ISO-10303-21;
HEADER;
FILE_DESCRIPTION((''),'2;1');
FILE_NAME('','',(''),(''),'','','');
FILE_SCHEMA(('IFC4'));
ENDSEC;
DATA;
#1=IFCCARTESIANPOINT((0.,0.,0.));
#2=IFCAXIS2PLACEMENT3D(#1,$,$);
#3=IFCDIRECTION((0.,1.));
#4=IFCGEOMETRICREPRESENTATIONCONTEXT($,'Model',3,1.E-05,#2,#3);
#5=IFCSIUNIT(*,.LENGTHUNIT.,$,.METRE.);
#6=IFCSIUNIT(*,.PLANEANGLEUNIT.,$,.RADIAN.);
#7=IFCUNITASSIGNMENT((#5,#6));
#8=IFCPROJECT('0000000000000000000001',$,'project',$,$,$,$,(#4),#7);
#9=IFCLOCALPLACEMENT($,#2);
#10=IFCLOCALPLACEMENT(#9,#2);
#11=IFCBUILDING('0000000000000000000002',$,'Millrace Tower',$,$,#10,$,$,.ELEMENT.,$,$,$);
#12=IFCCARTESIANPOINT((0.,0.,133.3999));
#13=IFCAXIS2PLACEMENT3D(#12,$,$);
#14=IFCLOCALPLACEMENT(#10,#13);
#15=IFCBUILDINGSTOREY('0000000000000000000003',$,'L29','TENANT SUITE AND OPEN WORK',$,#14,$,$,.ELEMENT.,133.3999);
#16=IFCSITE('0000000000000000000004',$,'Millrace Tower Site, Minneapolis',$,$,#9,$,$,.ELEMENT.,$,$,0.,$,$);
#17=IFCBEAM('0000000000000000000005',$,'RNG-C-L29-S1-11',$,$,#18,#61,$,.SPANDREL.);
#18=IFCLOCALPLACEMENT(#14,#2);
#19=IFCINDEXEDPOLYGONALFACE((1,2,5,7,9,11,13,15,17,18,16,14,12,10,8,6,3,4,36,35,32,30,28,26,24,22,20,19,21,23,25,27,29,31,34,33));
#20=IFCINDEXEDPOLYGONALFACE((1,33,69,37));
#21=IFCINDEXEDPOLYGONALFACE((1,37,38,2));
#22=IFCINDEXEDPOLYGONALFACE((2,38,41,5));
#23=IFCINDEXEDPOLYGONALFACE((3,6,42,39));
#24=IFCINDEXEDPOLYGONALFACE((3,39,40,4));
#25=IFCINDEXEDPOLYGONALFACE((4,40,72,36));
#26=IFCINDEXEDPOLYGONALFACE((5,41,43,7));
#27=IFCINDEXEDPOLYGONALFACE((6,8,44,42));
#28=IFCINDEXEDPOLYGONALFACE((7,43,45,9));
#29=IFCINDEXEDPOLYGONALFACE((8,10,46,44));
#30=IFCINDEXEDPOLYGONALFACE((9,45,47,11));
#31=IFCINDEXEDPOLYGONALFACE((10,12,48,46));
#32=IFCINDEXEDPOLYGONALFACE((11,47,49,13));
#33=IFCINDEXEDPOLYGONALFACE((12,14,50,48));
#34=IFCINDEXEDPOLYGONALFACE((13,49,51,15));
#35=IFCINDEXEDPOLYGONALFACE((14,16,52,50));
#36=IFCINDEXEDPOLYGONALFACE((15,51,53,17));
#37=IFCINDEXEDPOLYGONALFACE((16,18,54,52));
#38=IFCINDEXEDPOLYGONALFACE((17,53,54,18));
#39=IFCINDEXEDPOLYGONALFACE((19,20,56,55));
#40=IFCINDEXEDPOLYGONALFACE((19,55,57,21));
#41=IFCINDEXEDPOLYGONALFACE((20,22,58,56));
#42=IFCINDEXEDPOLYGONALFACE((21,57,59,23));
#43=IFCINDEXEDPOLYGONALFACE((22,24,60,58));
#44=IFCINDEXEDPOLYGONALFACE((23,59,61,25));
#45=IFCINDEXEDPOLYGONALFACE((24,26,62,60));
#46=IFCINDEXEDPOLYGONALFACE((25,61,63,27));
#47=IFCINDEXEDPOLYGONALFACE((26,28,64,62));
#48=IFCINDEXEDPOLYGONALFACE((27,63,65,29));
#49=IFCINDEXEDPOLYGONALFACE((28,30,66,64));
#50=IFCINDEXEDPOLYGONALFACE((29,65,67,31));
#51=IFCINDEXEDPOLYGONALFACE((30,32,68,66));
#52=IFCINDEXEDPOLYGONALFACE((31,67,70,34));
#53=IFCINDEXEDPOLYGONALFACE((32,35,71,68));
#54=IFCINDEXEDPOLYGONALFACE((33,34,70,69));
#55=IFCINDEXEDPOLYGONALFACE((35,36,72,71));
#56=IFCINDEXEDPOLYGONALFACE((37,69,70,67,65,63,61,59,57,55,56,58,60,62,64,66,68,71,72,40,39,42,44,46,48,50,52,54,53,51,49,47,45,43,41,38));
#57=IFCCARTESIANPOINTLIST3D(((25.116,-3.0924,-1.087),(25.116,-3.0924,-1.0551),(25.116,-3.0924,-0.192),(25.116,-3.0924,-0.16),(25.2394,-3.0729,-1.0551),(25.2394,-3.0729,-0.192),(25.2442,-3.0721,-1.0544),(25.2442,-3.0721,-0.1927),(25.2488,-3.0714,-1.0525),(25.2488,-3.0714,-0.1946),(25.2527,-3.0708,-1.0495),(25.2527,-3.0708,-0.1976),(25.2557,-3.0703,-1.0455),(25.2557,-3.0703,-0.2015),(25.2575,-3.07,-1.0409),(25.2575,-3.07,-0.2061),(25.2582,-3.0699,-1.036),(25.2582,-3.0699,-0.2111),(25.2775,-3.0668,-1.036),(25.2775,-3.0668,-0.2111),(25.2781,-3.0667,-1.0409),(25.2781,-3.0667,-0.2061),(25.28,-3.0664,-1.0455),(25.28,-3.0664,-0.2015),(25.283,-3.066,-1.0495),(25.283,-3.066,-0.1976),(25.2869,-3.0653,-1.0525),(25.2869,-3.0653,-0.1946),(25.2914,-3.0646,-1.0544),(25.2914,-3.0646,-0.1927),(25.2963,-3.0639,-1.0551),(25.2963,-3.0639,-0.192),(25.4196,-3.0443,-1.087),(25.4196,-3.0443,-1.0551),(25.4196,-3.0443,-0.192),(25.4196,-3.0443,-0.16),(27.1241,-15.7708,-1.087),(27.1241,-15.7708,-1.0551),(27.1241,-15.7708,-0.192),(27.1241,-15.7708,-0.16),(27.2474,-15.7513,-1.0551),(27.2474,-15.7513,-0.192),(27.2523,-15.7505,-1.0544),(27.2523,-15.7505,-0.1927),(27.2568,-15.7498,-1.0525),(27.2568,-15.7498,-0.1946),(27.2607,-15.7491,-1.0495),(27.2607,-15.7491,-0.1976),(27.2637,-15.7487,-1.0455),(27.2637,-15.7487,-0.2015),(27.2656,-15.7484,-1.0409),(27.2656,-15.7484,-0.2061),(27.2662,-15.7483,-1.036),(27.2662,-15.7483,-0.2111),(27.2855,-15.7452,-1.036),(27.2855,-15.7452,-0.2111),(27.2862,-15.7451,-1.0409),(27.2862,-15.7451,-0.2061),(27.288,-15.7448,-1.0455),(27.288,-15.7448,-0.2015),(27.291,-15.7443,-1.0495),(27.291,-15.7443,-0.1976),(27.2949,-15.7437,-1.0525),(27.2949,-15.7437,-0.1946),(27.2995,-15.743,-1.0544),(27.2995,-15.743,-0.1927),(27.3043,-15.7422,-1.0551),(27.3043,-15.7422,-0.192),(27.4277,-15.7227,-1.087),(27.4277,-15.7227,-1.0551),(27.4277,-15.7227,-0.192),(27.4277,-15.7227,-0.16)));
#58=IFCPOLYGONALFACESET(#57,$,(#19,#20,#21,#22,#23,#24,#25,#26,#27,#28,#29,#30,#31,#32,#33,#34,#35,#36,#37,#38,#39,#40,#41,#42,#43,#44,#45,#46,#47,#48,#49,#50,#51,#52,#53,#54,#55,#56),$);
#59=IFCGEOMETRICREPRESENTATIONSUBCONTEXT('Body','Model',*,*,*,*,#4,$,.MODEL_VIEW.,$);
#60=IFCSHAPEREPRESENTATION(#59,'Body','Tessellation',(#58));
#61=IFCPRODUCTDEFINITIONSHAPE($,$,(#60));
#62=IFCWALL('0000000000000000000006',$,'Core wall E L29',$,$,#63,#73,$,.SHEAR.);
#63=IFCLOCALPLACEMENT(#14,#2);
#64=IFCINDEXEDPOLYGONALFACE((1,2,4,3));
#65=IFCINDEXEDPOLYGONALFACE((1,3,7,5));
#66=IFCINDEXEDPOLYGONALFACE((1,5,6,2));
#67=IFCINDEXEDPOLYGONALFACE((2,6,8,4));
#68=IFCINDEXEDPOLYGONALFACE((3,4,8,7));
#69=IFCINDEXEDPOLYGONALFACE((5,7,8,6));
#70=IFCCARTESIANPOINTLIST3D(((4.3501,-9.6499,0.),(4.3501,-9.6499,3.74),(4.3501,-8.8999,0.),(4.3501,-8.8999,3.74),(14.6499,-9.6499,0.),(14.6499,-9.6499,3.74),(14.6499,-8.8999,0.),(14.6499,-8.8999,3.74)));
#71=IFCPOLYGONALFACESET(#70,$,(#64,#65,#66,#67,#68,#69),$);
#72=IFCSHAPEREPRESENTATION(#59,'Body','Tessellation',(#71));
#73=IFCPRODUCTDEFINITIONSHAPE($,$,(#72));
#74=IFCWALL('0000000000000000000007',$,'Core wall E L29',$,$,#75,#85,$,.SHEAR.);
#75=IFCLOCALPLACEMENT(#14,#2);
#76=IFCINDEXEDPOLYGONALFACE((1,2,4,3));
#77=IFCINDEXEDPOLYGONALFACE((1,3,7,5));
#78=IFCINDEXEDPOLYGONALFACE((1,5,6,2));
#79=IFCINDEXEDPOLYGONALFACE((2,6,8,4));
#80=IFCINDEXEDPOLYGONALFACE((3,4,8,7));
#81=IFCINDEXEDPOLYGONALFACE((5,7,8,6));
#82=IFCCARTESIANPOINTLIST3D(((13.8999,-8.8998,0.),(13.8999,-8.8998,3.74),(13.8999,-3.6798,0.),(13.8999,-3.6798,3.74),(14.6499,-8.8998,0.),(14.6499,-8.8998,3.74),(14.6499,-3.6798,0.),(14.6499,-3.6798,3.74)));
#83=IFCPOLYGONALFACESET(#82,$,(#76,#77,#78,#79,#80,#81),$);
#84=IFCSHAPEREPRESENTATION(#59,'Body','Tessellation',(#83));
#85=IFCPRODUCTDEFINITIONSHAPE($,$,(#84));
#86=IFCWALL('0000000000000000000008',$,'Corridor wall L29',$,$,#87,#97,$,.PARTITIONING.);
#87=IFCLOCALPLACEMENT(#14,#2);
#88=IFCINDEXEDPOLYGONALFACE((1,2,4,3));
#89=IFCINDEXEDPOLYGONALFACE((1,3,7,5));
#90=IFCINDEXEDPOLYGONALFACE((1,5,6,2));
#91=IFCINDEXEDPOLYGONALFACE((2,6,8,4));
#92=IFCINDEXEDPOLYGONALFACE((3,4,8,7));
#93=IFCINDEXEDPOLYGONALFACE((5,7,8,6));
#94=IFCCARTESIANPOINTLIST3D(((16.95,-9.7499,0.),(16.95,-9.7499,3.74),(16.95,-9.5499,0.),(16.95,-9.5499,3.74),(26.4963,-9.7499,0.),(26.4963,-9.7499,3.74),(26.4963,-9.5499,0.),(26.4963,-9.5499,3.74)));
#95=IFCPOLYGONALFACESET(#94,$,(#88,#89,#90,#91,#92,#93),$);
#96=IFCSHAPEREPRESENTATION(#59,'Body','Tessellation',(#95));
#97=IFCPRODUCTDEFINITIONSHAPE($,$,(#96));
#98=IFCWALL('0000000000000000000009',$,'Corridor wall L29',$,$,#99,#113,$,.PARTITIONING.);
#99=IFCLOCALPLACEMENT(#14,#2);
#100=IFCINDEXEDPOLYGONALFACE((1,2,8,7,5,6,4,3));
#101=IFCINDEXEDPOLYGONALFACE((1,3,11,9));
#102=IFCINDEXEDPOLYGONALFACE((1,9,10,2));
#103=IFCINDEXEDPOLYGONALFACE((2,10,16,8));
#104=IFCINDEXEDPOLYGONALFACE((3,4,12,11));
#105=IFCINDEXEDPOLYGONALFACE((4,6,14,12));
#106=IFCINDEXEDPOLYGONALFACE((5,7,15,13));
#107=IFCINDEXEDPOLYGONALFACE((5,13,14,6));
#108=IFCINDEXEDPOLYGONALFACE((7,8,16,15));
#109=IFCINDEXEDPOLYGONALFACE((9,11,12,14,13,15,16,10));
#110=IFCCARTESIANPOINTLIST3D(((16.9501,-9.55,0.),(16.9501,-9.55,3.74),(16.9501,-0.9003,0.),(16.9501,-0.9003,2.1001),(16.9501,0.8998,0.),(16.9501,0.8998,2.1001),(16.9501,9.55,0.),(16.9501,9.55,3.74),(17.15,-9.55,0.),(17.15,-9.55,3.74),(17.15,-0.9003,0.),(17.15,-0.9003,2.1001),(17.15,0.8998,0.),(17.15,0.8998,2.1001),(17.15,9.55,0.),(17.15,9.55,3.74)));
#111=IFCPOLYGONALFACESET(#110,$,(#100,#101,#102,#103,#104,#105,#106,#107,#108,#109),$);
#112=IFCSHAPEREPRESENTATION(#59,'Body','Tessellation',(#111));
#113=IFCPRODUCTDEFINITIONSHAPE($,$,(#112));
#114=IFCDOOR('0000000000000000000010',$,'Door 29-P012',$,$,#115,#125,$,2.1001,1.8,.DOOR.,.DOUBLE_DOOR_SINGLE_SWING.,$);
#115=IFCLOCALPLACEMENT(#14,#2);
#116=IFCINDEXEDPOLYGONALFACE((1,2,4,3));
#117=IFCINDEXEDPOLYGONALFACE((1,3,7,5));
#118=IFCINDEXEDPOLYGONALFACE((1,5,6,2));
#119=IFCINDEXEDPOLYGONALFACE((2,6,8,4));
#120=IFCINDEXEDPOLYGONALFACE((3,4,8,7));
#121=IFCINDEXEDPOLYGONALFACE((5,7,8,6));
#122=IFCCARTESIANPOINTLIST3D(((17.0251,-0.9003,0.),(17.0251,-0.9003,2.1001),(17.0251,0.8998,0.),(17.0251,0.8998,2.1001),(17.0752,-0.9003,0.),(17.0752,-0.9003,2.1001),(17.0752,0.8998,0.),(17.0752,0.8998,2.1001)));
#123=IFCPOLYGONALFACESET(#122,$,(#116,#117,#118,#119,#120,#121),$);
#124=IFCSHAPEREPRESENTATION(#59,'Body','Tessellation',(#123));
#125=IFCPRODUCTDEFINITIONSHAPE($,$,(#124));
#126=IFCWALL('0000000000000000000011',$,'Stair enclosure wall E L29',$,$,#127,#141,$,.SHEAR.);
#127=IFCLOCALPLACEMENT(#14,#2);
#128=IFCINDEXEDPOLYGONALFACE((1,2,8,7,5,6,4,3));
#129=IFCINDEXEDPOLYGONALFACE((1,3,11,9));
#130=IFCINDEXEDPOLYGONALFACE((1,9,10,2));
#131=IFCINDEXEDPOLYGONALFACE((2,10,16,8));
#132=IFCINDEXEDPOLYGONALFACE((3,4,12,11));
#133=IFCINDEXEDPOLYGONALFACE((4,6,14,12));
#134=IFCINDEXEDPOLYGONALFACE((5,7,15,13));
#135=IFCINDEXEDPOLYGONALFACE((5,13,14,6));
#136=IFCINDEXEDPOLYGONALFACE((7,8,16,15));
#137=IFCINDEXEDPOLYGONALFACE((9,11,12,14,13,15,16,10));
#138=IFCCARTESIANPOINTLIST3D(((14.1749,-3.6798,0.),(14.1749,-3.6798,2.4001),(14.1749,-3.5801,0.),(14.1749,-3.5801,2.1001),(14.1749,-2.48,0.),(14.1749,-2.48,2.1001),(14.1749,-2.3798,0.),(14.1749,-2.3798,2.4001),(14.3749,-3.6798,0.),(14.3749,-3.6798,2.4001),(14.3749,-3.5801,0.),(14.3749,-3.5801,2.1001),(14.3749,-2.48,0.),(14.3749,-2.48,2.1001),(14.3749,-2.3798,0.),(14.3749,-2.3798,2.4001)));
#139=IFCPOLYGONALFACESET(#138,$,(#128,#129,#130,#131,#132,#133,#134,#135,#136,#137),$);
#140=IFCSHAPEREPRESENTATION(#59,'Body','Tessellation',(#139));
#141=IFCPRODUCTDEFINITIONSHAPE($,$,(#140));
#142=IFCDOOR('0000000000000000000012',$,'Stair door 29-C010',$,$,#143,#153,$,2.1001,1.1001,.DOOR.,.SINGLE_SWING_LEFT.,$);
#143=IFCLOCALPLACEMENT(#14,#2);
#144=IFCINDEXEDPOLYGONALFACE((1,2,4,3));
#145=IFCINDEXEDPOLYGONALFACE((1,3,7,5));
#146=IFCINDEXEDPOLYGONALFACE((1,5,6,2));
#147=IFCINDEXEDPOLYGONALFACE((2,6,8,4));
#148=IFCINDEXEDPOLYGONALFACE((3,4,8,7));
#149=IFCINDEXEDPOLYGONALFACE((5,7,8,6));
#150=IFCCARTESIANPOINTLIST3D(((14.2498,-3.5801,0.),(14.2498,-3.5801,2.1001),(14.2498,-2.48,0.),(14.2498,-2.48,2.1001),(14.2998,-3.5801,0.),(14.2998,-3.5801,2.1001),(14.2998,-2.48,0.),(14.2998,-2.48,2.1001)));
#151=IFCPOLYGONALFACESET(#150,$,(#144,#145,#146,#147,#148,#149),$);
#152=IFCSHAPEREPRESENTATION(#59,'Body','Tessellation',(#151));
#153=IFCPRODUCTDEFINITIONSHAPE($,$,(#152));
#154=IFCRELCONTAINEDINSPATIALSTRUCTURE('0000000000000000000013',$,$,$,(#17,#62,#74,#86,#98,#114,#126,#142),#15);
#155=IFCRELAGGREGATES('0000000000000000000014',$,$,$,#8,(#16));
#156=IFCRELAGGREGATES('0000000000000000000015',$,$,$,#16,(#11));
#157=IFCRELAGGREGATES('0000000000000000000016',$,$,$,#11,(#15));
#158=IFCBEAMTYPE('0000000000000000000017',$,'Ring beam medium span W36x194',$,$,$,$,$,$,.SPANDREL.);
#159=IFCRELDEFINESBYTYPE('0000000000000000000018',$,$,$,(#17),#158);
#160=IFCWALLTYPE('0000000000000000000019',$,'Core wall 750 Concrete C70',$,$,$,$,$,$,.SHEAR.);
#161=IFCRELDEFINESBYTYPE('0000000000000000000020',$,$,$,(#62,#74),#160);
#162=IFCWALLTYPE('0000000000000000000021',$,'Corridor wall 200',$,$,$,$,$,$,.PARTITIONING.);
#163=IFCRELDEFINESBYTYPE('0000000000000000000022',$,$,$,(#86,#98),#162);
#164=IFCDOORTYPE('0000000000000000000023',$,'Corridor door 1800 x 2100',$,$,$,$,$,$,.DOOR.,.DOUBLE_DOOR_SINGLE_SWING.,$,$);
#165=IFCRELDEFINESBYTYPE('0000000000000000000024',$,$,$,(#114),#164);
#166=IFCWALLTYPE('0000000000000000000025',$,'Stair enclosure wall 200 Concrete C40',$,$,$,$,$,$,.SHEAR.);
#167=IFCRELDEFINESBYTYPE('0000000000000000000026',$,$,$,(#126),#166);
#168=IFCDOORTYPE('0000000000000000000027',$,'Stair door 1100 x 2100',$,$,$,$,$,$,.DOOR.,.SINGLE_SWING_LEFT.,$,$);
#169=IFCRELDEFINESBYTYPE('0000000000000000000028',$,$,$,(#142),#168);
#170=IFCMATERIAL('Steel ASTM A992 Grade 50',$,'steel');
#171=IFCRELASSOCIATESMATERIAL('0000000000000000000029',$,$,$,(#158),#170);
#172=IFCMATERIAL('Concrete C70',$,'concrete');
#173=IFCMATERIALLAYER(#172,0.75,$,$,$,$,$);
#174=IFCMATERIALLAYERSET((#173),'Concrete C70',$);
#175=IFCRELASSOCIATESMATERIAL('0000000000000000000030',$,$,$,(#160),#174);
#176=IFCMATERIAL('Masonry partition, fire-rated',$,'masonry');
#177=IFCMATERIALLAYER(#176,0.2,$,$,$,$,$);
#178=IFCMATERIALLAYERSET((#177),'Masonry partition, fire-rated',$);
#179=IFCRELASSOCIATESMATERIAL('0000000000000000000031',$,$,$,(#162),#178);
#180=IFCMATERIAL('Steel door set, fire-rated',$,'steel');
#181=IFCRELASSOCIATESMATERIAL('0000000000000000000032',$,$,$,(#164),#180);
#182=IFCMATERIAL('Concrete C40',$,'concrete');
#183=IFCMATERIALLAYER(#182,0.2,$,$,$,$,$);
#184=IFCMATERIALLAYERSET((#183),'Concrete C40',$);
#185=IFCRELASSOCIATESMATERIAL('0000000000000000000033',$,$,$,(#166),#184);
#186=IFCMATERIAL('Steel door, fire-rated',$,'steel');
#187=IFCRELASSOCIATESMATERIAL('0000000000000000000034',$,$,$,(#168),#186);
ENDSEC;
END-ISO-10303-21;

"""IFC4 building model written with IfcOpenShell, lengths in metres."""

from ifc_helpers import new_model, si_unit, direction, frame, frame_2d, origin, origin_2d, place, context, subcontext, project, spatial, rectangle, i_section, extrude, material, layer, layer_set, material_profile, profile_set, type_object, element, fill, save


model = new_model("IFC4")

# Units and contexts
model_context = context("Model", 3, precision=1e-05, world=origin(), true_north=direction((0.0, 1.0)))
body_context = subcontext(model_context, "Body", "Model", "MODEL_VIEW")
ifc_project = project(units=[si_unit("LENGTHUNIT", "METRE"), si_unit("PLANEANGLEUNIT", "RADIAN")], contexts=[model_context])

# Site, building, storey
site_placement = place(None, origin())
site = spatial("IfcSite", under=ifc_project, at=site_placement, Name="Millrace Tower Site, Minneapolis", CompositionType="ELEMENT", RefElevation=0.0)
building_placement = place(site_placement, origin())
building = spatial("IfcBuilding", under=site, at=building_placement, Name="Millrace Tower", CompositionType="ELEMENT")
storey_placement = place(building_placement, frame((0.0, 0.0, 133.3999)))
storey = spatial("IfcBuildingStorey", under=building, at=storey_placement, Name="L29", Description="TENANT SUITE AND OPEN WORK", CompositionType="ELEMENT", Elevation=133.3999)

# Beam
ifc_material_1 = material(Name="Steel ASTM A992 Grade 50", Category="steel")
ifc_material_profile_1 = material_profile(ifc_material_1, i_section(OverallWidth=0.3074, OverallDepth=0.927, WebThickness=0.0195, FlangeThickness=0.032, FilletRadius=0.019, at=origin_2d()))
ifc_profile_set_1 = profile_set([ifc_material_profile_1], Name="Steel ASTM A992 Grade 50")
beam_type_1 = type_object("IfcBeamType", Name="Ring beam medium span W36x194", PredefinedType="SPANDREL", material=ifc_profile_set_1)
beam_1_placement = place(storey_placement, frame((25.2678, -3.0684, -0.6235), z_axis=(0.156433, -0.987689, 0.0), x_axis=(0.987689, 0.156433, 0.0)))
element("IfcBeam", 1, at=beam_1_placement, inside=storey, type_object=beam_type_1, Name="RNG-C-L29-S1-11", PredefinedType="SPANDREL", context=body_context, shape_type="SweptSolid", body=[
    extrude(i_section(OverallWidth=0.3074, OverallDepth=0.927, WebThickness=0.0195, FlangeThickness=0.032, FilletRadius=0.019, at=origin_2d()), origin(), (0.0, 0.0, 1.0), 12.8364),
])

# Walls
ifc_material_2 = material(Name="Concrete C70", Category="concrete")
ifc_layer_1 = layer(ifc_material_2, 0.75)
ifc_layer_set_1 = layer_set([ifc_layer_1], Name="Concrete C70")
wall_type_1 = type_object("IfcWallType", Name="Core wall 750 Concrete C70", PredefinedType="SHEAR", material=ifc_layer_set_1)
wall_1_placement = place(storey_placement, frame((14.6499, -9.2749, 0.0), z_axis=(0.0, 0.0, 1.0), x_axis=(-1.0, 0.0, 0.0)))
element("IfcWall", 2, at=wall_1_placement, inside=storey, type_object=wall_type_1, Name="Core wall E L29", PredefinedType="SHEAR", context=body_context, shape_type="SweptSolid", body=[
    extrude(rectangle(XDim=10.2998, YDim=0.75, at=frame_2d((5.1499, 0.0))), origin(), (0.0, 0.0, 1.0), 3.74),
])
wall_2_placement = place(storey_placement, frame((14.2749, -3.6799, 0.0), z_axis=(0.0, 0.0, 1.0), x_axis=(0.0, -1.0, 0.0)))
element("IfcWall", 3, at=wall_2_placement, inside=storey, type_object=wall_type_1, Name="Core wall E L29", PredefinedType="SHEAR", context=body_context, shape_type="SweptSolid", body=[
    extrude(rectangle(XDim=5.22, YDim=0.75, at=frame_2d((2.6099, 0.0))), origin(), (0.0, 0.0, 1.0), 3.74),
])
ifc_material_3 = material(Name="Masonry partition, fire-rated", Category="masonry")
ifc_layer_2 = layer(ifc_material_3, 0.2)
ifc_layer_set_2 = layer_set([ifc_layer_2], Name="Masonry partition, fire-rated")
wall_type_2 = type_object("IfcWallType", Name="Corridor wall 200", PredefinedType="PARTITIONING", material=ifc_layer_set_2)
wall_3_placement = place(storey_placement, frame((16.95, -9.6499, 0.0), z_axis=(0.0, 0.0, 1.0), x_axis=(1.0, 0.0, 0.0)))
element("IfcWall", 4, at=wall_3_placement, inside=storey, type_object=wall_type_2, Name="Corridor wall L29", PredefinedType="PARTITIONING", context=body_context, shape_type="SweptSolid", body=[
    extrude(rectangle(XDim=9.5464, YDim=0.2, at=frame_2d((4.7732, 0.0))), origin(), (0.0, 0.0, 1.0), 3.74),
])

# Walls, openings, doors
wall_4_placement = place(storey_placement, frame((17.05, -9.55, 0.0), z_axis=(0.0, 0.0, 1.0), x_axis=(0.0, 1.0, 0.0)))
wall_4 = element("IfcWall", 5, at=wall_4_placement, inside=storey, type_object=wall_type_2, Name="Corridor wall L29", PredefinedType="PARTITIONING", context=body_context, shape_type="SweptSolid", body=[
    extrude(rectangle(XDim=19.1001, YDim=0.2, at=frame_2d((9.55, 0.0))), origin(), (0.0, 0.0, 1.0), 3.74),
])
opening_1_placement = place(wall_4_placement, frame((8.6499, 0.0, 0.0)))
opening_1 = element("IfcOpeningElement", 6, at=opening_1_placement, cuts=wall_4, PredefinedType="OPENING", context=body_context, shape_type="SweptSolid", body=[
    extrude(rectangle(XDim=1.8, YDim=2.1001, at=frame_2d((0.8999, 1.05))), frame((0.0, 0.1099, 0.0), z_axis=(0.0, -1.0, 0.0), x_axis=(1.0, 0.0, 0.0)), (0.0, 0.0, 1.0), 0.22),
])
ifc_material_4 = material(Name="Steel door set, fire-rated", Category="steel")
door_type_1 = type_object("IfcDoorType", Name="Corridor door 1800 x 2100", OperationType="DOUBLE_DOOR_SINGLE_SWING", PredefinedType="DOOR", material=ifc_material_4)
door_1_placement = place(opening_1_placement, origin())
door_1 = element("IfcDoor", 7, at=door_1_placement, inside=storey, type_object=door_type_1, Name="Door 29-P012", OperationType="DOUBLE_DOOR_SINGLE_SWING", OverallHeight=2.1001, OverallWidth=1.8, PredefinedType="DOOR", context=body_context, shape_type="SweptSolid", body=[
    extrude(rectangle(XDim=1.8, YDim=2.1001, at=frame_2d((0.8999, 1.05))), frame((0.0, 0.0249, 0.0), z_axis=(0.0, -1.0, 0.0), x_axis=(1.0, 0.0, 0.0)), (0.0, 0.0, 1.0), 0.05),
])
fill(opening_1, door_1)
ifc_material_5 = material(Name="Concrete C40", Category="concrete")
ifc_layer_3 = layer(ifc_material_5, 0.2)
ifc_layer_set_3 = layer_set([ifc_layer_3], Name="Concrete C40")
wall_type_3 = type_object("IfcWallType", Name="Stair enclosure wall 200 Concrete C40", PredefinedType="SHEAR", material=ifc_layer_set_3)
wall_5_placement = place(storey_placement, frame((14.2749, -2.3799, 0.0), z_axis=(0.0, 0.0, 1.0), x_axis=(0.0, -1.0, 0.0)))
wall_5 = element("IfcWall", 8, at=wall_5_placement, inside=storey, type_object=wall_type_3, Name="Stair enclosure wall E L29", PredefinedType="SHEAR", context=body_context, shape_type="SweptSolid", body=[
    extrude(rectangle(XDim=1.3, YDim=0.2, at=frame_2d((0.6499, 0.0))), origin(), (0.0, 0.0, 1.0), 2.4001),
])
opening_2_placement = place(wall_5_placement, frame((0.1001, 0.0, 0.0)))
opening_2 = element("IfcOpeningElement", 9, at=opening_2_placement, cuts=wall_5, PredefinedType="OPENING", context=body_context, shape_type="SweptSolid", body=[
    extrude(rectangle(XDim=1.1001, YDim=2.1001, at=frame_2d((0.55, 1.05))), frame((0.0, 0.1099, 0.0), z_axis=(0.0, -1.0, 0.0), x_axis=(1.0, 0.0, 0.0)), (0.0, 0.0, 1.0), 0.22),
])
ifc_material_6 = material(Name="Steel door, fire-rated", Category="steel")
door_type_2 = type_object("IfcDoorType", Name="Stair door 1100 x 2100", OperationType="SINGLE_SWING_LEFT", PredefinedType="DOOR", material=ifc_material_6)
door_2_placement = place(opening_2_placement, origin())
door_2 = element("IfcDoor", 10, at=door_2_placement, inside=storey, type_object=door_type_2, Name="Stair door 29-C010", OperationType="SINGLE_SWING_LEFT", OverallHeight=2.1001, OverallWidth=1.1001, PredefinedType="DOOR", context=body_context, shape_type="SweptSolid", body=[
    extrude(rectangle(XDim=1.1001, YDim=2.1001, at=frame_2d((0.55, 1.05))), frame((0.0, 0.0249, 0.0), z_axis=(0.0, -1.0, 0.0), x_axis=(1.0, 0.0, 0.0)), (0.0, 0.0, 1.0), 0.05),
])
fill(opening_2, door_2)

save(model, "model.ifc")
